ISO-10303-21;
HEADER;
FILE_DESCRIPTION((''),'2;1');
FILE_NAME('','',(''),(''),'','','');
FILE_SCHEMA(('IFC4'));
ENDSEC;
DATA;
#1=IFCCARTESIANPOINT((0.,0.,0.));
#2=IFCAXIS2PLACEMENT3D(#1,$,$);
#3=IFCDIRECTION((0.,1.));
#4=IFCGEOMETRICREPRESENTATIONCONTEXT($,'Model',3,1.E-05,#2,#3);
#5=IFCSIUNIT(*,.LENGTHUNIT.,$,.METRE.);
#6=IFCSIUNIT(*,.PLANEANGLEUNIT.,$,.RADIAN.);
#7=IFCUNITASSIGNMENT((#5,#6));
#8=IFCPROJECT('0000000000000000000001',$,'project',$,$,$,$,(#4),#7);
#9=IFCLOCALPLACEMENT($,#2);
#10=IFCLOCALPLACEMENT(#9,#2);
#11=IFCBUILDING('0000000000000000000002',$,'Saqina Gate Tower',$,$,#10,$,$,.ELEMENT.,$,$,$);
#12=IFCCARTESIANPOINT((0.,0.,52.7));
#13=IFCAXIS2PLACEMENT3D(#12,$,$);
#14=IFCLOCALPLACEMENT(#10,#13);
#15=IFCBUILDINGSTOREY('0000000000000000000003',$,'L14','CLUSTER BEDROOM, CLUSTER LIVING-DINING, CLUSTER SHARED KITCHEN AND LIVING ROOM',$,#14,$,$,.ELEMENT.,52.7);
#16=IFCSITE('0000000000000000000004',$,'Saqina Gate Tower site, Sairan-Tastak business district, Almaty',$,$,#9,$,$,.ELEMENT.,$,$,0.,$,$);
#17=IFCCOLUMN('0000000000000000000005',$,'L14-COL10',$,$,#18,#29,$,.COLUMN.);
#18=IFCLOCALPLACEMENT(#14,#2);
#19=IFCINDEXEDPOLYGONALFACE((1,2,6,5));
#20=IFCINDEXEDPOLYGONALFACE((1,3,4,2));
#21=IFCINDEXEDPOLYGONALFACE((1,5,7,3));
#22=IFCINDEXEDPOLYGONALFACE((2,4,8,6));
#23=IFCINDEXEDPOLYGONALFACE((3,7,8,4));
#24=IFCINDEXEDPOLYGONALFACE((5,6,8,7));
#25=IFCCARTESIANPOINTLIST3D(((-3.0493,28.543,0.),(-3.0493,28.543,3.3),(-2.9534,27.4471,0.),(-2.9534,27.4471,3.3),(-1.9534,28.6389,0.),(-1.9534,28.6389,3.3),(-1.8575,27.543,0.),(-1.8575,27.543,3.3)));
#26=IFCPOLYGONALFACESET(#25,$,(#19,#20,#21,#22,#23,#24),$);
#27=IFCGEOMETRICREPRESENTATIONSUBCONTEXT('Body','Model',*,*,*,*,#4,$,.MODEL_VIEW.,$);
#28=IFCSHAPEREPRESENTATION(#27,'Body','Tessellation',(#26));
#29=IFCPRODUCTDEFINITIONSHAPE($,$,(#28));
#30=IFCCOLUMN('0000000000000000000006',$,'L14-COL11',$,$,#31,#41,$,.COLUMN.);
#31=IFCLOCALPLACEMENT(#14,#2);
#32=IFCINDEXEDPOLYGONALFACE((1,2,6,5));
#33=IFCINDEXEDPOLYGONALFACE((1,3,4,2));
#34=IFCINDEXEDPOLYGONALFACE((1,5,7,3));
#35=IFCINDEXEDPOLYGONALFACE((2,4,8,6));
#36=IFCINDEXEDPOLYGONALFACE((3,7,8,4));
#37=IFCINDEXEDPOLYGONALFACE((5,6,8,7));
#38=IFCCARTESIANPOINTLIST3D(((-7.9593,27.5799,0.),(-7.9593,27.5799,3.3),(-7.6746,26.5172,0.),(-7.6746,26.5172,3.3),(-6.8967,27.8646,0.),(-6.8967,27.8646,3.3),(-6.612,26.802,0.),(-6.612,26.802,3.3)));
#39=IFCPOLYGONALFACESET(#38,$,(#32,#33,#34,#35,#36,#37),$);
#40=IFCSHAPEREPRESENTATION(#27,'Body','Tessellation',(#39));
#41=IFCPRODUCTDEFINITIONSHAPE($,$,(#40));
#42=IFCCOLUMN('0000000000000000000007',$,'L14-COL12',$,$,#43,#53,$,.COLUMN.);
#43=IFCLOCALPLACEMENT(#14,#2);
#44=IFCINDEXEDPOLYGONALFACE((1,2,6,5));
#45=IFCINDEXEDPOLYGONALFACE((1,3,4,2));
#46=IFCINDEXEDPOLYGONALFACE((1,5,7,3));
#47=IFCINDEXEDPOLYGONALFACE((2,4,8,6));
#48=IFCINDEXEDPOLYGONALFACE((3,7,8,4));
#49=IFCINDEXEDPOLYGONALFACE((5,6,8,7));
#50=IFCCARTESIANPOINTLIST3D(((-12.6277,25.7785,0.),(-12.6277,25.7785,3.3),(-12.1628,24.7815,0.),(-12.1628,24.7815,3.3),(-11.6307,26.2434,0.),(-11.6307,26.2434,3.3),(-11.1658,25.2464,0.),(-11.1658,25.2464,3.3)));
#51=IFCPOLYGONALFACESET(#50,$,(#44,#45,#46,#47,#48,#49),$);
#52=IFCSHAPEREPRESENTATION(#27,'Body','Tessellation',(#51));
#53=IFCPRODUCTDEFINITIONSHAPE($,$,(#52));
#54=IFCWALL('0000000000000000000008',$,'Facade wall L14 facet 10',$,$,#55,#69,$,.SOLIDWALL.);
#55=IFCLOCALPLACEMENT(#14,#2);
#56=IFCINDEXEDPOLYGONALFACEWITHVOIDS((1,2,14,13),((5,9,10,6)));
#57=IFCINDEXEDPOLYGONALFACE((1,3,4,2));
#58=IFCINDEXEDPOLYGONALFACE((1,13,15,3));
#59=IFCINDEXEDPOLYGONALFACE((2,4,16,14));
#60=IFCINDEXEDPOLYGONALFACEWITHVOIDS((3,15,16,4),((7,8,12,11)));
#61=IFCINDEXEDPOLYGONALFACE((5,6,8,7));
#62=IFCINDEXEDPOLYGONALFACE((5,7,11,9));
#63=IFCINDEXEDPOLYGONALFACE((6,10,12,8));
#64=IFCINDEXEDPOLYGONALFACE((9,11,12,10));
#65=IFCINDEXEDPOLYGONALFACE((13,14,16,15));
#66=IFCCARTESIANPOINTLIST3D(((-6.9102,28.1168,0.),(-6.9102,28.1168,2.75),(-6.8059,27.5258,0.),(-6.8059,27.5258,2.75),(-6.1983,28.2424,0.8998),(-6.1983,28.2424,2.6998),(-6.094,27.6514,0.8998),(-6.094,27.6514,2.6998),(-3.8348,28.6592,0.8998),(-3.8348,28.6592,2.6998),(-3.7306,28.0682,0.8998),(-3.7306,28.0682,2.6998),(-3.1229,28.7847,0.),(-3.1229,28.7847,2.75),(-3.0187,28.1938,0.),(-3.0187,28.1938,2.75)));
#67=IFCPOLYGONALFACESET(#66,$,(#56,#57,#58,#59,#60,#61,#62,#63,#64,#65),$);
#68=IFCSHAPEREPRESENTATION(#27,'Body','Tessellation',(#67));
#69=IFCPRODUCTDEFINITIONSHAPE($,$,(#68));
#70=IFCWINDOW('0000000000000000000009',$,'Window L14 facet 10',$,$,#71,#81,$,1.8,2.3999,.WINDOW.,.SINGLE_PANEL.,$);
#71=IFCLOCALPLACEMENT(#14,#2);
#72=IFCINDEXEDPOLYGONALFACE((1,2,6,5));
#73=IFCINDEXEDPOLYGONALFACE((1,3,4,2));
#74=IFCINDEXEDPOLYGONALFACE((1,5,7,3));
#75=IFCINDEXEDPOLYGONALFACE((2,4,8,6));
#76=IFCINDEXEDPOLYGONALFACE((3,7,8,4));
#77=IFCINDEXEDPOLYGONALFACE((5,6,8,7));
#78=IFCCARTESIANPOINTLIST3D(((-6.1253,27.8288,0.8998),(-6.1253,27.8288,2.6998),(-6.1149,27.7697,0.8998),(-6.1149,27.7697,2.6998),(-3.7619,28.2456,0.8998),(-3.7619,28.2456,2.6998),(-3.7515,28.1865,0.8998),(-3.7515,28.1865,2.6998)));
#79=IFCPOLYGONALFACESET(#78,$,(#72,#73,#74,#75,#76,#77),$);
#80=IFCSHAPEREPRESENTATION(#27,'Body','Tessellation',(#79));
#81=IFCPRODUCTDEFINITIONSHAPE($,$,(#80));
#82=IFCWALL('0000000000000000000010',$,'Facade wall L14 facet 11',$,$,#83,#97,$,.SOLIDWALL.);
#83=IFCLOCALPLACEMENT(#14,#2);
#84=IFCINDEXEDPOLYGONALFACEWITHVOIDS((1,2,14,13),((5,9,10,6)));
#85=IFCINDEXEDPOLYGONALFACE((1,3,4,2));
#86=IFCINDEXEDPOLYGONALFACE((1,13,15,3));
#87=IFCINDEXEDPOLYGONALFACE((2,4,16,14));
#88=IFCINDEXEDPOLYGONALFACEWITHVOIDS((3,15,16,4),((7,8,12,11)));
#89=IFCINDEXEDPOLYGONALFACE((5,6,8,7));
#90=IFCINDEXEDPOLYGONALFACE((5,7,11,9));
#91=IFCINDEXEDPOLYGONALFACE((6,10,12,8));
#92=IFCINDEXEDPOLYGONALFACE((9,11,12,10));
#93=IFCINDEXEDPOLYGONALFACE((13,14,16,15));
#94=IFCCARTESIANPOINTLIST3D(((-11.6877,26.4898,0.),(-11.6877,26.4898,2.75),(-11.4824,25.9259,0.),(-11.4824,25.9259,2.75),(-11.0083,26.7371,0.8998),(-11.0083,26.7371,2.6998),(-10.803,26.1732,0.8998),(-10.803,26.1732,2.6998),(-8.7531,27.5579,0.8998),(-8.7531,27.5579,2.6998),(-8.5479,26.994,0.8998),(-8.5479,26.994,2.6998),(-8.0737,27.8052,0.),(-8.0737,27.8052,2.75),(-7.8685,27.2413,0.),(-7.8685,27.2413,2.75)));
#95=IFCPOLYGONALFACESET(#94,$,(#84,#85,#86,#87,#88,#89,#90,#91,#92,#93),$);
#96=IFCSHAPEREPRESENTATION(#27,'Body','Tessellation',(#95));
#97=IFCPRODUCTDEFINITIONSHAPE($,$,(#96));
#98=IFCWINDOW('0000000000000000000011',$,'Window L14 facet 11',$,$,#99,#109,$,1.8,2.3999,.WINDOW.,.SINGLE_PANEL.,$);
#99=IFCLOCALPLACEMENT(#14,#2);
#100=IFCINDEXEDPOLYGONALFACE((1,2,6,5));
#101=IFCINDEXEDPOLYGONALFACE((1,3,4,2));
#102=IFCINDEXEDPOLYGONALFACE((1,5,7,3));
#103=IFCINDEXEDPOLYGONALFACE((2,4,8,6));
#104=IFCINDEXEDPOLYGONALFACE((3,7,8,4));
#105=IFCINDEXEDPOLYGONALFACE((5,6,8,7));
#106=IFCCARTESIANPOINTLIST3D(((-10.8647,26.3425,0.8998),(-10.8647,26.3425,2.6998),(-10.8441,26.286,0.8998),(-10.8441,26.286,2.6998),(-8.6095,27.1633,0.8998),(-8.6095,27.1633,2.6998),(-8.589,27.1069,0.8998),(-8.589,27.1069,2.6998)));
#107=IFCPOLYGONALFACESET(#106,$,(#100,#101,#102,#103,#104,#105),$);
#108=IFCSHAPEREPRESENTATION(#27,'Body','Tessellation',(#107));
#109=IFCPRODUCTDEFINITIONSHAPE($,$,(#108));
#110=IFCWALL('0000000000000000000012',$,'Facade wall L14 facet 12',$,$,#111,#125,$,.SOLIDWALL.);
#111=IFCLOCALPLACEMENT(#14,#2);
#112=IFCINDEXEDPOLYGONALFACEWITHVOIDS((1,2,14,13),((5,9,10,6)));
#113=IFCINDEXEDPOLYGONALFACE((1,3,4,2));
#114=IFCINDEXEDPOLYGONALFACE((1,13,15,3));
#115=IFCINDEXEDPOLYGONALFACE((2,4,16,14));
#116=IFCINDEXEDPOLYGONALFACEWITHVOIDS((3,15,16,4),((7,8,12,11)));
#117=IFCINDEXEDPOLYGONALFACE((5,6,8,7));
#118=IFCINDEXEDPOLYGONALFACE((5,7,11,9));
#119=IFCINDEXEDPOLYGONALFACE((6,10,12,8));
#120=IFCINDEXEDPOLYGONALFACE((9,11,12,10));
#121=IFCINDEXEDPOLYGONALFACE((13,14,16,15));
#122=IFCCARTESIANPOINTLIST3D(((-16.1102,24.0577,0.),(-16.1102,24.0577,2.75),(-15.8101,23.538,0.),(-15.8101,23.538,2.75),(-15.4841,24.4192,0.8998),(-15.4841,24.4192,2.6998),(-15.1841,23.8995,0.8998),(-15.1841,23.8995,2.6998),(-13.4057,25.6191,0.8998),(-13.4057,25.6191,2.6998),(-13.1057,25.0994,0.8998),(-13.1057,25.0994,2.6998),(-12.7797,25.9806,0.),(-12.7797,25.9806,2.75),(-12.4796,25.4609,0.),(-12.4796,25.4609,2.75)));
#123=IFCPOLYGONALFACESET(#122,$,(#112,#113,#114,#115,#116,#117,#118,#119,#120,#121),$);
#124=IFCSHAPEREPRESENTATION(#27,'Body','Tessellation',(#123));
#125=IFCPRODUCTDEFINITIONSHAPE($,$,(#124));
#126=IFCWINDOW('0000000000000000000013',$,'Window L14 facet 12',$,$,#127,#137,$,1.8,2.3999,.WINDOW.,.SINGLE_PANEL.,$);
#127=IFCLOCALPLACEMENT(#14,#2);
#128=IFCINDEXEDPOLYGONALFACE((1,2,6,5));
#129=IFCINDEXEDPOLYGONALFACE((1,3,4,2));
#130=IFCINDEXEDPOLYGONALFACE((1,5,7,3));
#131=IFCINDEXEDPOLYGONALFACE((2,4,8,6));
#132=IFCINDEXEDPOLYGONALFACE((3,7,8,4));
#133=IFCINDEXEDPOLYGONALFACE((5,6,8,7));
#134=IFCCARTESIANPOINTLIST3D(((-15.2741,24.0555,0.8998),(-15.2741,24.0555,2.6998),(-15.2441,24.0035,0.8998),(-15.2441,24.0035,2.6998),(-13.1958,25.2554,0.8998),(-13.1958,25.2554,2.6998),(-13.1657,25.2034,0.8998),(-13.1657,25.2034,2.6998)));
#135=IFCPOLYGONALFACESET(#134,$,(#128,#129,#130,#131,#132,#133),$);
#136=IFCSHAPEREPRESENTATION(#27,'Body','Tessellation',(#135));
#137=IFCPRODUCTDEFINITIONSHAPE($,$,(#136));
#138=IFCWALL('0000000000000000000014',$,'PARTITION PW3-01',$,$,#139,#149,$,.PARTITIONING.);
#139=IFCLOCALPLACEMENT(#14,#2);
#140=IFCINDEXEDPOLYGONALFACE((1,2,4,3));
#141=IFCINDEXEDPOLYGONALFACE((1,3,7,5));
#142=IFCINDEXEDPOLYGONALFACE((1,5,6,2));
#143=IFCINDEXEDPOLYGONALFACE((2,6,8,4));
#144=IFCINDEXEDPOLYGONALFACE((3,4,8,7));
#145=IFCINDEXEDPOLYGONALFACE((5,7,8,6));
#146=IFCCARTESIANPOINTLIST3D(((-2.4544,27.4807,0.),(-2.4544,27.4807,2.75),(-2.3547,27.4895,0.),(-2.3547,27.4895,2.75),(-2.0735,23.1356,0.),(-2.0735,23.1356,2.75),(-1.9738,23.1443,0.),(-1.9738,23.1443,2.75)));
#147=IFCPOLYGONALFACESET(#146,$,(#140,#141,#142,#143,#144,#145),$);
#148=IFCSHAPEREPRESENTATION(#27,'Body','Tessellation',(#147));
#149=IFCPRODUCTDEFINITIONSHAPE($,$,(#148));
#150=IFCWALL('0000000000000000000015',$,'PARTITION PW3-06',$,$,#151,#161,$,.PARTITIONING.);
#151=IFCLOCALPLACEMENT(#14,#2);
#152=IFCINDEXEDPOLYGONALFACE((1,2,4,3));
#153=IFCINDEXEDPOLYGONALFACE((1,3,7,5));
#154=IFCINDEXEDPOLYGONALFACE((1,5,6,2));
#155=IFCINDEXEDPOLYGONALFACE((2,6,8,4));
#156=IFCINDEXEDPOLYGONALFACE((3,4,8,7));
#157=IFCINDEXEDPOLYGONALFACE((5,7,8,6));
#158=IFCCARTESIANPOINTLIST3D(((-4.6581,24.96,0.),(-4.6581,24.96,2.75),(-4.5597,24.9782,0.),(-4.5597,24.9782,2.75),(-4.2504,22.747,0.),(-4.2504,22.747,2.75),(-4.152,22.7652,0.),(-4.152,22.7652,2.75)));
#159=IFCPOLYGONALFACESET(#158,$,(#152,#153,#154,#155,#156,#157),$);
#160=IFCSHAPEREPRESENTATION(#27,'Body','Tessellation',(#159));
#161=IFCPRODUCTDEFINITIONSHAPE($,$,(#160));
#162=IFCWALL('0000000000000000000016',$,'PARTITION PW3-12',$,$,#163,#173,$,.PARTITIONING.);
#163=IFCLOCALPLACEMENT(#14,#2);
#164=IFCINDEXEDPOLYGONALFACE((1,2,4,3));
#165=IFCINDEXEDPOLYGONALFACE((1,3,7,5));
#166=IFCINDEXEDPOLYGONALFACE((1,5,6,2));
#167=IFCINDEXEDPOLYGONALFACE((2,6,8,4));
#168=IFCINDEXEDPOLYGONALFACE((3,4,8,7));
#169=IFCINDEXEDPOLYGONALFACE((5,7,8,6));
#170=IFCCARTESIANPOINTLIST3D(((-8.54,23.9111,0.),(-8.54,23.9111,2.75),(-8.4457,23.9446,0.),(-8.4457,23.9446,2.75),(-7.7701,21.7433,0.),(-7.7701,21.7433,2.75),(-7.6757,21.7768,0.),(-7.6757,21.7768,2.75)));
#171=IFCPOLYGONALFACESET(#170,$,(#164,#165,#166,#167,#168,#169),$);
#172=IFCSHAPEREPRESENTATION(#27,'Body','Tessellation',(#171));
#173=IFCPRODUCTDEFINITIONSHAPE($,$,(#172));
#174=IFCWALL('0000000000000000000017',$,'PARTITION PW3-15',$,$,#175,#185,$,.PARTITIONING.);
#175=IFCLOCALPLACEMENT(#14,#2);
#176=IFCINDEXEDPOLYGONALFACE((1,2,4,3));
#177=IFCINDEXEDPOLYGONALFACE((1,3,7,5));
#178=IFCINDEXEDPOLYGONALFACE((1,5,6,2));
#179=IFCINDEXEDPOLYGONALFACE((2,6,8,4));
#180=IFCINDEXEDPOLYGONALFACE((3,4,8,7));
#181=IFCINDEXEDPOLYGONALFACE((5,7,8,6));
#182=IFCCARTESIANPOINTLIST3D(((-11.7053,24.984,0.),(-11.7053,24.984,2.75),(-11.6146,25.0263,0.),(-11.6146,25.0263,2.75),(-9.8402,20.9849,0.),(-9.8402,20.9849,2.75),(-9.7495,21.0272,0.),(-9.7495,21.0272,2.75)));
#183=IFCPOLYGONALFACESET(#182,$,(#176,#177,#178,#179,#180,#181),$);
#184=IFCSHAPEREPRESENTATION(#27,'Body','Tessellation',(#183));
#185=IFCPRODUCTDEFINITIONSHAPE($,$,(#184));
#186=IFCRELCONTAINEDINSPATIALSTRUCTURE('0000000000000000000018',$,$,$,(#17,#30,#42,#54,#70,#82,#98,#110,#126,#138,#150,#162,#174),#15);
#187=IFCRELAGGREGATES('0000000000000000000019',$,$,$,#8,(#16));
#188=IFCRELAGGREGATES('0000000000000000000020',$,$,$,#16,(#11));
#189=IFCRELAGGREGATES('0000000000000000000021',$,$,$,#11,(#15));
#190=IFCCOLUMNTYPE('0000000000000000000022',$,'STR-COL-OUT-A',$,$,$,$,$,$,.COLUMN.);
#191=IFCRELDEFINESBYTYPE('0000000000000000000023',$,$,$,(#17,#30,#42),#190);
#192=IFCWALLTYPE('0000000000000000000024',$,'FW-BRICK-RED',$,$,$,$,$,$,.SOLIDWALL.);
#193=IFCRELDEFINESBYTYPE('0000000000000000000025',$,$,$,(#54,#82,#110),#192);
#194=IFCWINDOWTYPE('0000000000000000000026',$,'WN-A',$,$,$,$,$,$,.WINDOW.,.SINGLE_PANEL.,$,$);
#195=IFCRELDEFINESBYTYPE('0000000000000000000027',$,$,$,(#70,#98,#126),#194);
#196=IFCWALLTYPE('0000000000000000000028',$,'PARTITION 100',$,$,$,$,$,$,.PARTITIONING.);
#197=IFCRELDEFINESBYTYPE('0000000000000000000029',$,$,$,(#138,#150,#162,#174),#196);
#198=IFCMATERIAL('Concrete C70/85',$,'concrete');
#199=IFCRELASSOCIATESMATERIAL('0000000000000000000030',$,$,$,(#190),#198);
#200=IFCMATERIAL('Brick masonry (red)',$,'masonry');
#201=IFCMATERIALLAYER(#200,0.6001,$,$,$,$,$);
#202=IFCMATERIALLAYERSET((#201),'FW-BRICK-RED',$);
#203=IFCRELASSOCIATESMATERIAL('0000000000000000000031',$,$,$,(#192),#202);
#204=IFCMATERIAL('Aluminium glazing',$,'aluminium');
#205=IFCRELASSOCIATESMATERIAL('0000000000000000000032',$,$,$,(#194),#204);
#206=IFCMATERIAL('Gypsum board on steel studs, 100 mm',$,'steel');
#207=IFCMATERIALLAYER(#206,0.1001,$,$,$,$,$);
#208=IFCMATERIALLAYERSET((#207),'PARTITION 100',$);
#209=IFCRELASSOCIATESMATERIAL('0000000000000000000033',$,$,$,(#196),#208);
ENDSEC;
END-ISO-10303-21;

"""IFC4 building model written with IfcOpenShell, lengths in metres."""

from ifc_helpers import new_model, si_unit, direction, frame, frame_2d, origin, origin_2d, place, context, subcontext, project, spatial, rectangle, extrude, material, layer, layer_set, material_profile, profile_set, type_object, element, fill, save


model = new_model("IFC4")

# Units and contexts
model_context = context("Model", 3, precision=1e-05, world=origin(), true_north=direction((0.0, 1.0)))
body_context = subcontext(model_context, "Body", "Model", "MODEL_VIEW")
ifc_project = project(units=[si_unit("LENGTHUNIT", "METRE"), si_unit("PLANEANGLEUNIT", "RADIAN")], contexts=[model_context])

# Site, building, storey
site_placement = place(None, origin())
site = spatial("IfcSite", under=ifc_project, at=site_placement, Name="Saqina Gate Tower site, Sairan-Tastak business district, Almaty", CompositionType="ELEMENT", RefElevation=0.0)
building_placement = place(site_placement, origin())
building = spatial("IfcBuilding", under=site, at=building_placement, Name="Saqina Gate Tower", CompositionType="ELEMENT")
storey_placement = place(building_placement, frame((0.0, 0.0, 52.7)))
storey = spatial("IfcBuildingStorey", under=building, at=storey_placement, Name="L14", Description="CLUSTER BEDROOM, CLUSTER LIVING-DINING, CLUSTER SHARED KITCHEN AND LIVING ROOM", CompositionType="ELEMENT", Elevation=52.7)

# Columns
ifc_material_1 = material(Name="Concrete C70/85", Category="concrete")
ifc_material_profile = material_profile(ifc_material_1, rectangle(XDim=1.1001, YDim=1.1001, at=origin_2d()), Name="RC 1100x1100")
ifc_profile_set = profile_set([ifc_material_profile], Name="Concrete C70/85")
column_type = type_object("IfcColumnType", Name="STR-COL-OUT-A", PredefinedType="COLUMN", material=ifc_profile_set)
for number, where, z_axis, x_axis, name in (
    (1, (-2.4534, 28.043, 0.0), (0.0, 0.0, 1.0), (-0.087156, 0.996195, 0.0), "L14-COL10"),
    (2, (-7.2856, 27.1909, 0.0), (0.0, 0.0, 1.0), (-0.258819, 0.965926, 0.0), "L14-COL11"),
    (3, (-11.8967, 25.5125, 0.0), (0.0, 0.0, 1.0), (-0.422618, 0.906308, 0.0), "L14-COL12"),
):
    element("IfcColumn", number, at=place(storey_placement, frame(where, z_axis=z_axis, x_axis=x_axis)), inside=storey, type_object=column_type, Name=name, PredefinedType="COLUMN", context=body_context, shape_type="SweptSolid", body=[
        extrude(rectangle(XDim=1.1001, YDim=1.1001, at=origin_2d()), origin(), (0.0, 0.0, 1.0), 3.3),
    ])

# Walls, openings, windows
ifc_material_2 = material(Name="Brick masonry (red)", Category="masonry")
ifc_layer_1 = layer(ifc_material_2, 0.6001)
ifc_layer_set_1 = layer_set([ifc_layer_1], Name="FW-BRICK-RED")
wall_type_1 = type_object("IfcWallType", Name="FW-BRICK-RED", PredefinedType="SOLIDWALL", material=ifc_layer_set_1)
wall_1_placement = place(storey_placement, frame((-3.0708, 28.4893, 0.0), z_axis=(0.0, 0.0, 1.0), x_axis=(-0.984801, -0.173688, 0.0)))
wall_1 = element("IfcWall", 4, at=wall_1_placement, inside=storey, type_object=wall_type_1, Name="Facade wall L14 facet 10", PredefinedType="SOLIDWALL", context=body_context, shape_type="SweptSolid", body=[
    extrude(rectangle(XDim=3.8457, YDim=0.6001, at=frame_2d((1.9229, 0.0))), origin(), (0.0, 0.0, 1.0), 2.75),
])
opening_1_placement = place(wall_1_placement, frame((0.7229, 0.0, 0.8999)))
opening_1 = element("IfcOpeningElement", 5, at=opening_1_placement, cuts=wall_1, PredefinedType="OPENING", context=body_context, shape_type="SweptSolid", body=[
    extrude(rectangle(XDim=2.3999, YDim=1.8, at=frame_2d((1.2, 0.8999))), frame((0.0, 0.312, 0.0), z_axis=(0.0, -1.0, 0.0), x_axis=(1.0, 0.0, 0.0)), (0.0, 0.0, 1.0), 0.624),
])
ifc_material_3 = material(Name="Aluminium glazing", Category="aluminium")
window_type = type_object("IfcWindowType", Name="WN-A", PartitioningType="SINGLE_PANEL", PredefinedType="WINDOW", material=ifc_material_3)
window_1_placement = place(opening_1_placement, origin())
window_1 = element("IfcWindow", 6, at=window_1_placement, inside=storey, type_object=window_type, Name="Window L14 facet 10", OverallHeight=1.8, OverallWidth=2.3999, PartitioningType="SINGLE_PANEL", PredefinedType="WINDOW", context=body_context, shape_type="SweptSolid", body=[
    extrude(rectangle(XDim=2.3999, YDim=1.8, at=frame_2d((1.2, 0.8999))), frame((0.0, 0.1799, 0.0), z_axis=(0.0, -1.0, 0.0), x_axis=(1.0, 0.0, 0.0)), (0.0, 0.0, 1.0), 0.0601),
])
fill(opening_1, window_1)
wall_2_placement = place(storey_placement, frame((-7.9712, 27.5232, 0.0), z_axis=(0.0, 0.0, 1.0), x_axis=(-0.93969, -0.342028, 0.0)))
wall_2 = element("IfcWall", 7, at=wall_2_placement, inside=storey, type_object=wall_type_1, Name="Facade wall L14 facet 11", PredefinedType="SOLIDWALL", context=body_context, shape_type="SweptSolid", body=[
    extrude(rectangle(XDim=3.8459, YDim=0.6001, at=frame_2d((1.9229, 0.0))), origin(), (0.0, 0.0, 1.0), 2.75),
])
opening_2_placement = place(wall_2_placement, frame((0.7229, 0.0, 0.8999)))
opening_2 = element("IfcOpeningElement", 8, at=opening_2_placement, cuts=wall_2, PredefinedType="OPENING", context=body_context, shape_type="SweptSolid", body=[
    extrude(rectangle(XDim=2.3999, YDim=1.8, at=frame_2d((1.2, 0.8999))), frame((0.0, 0.312, 0.0), z_axis=(0.0, -1.0, 0.0), x_axis=(1.0, 0.0, 0.0)), (0.0, 0.0, 1.0), 0.624),
])
window_2_placement = place(opening_2_placement, origin())
window_2 = element("IfcWindow", 9, at=window_2_placement, inside=storey, type_object=window_type, Name="Window L14 facet 11", OverallHeight=1.8, OverallWidth=2.3999, PartitioningType="SINGLE_PANEL", PredefinedType="WINDOW", context=body_context, shape_type="SweptSolid", body=[
    extrude(rectangle(XDim=2.3999, YDim=1.8, at=frame_2d((1.2, 0.8999))), frame((0.0, 0.1799, 0.0), z_axis=(0.0, -1.0, 0.0), x_axis=(1.0, 0.0, 0.0)), (0.0, 0.0, 1.0), 0.0601),
])
fill(opening_2, window_2)
wall_3_placement = place(storey_placement, frame((-12.6296, 25.7207, 0.0), z_axis=(0.0, 0.0, 1.0), x_axis=(-0.866031, -0.49999, 0.0)))
wall_3 = element("IfcWall", 10, at=wall_3_placement, inside=storey, type_object=wall_type_1, Name="Facade wall L14 facet 12", PredefinedType="SOLIDWALL", context=body_context, shape_type="SweptSolid", body=[
    extrude(rectangle(XDim=3.8457, YDim=0.6001, at=frame_2d((1.9229, 0.0))), origin(), (0.0, 0.0, 1.0), 2.75),
])
opening_3_placement = place(wall_3_placement, frame((0.7229, 0.0, 0.8999)))
opening_3 = element("IfcOpeningElement", 11, at=opening_3_placement, cuts=wall_3, PredefinedType="OPENING", context=body_context, shape_type="SweptSolid", body=[
    extrude(rectangle(XDim=2.3999, YDim=1.8, at=frame_2d((1.2, 0.8999))), frame((0.0, 0.312, 0.0), z_axis=(0.0, -1.0, 0.0), x_axis=(1.0, 0.0, 0.0)), (0.0, 0.0, 1.0), 0.624),
])
window_3_placement = place(opening_3_placement, origin())
window_3 = element("IfcWindow", 12, at=window_3_placement, inside=storey, type_object=window_type, Name="Window L14 facet 12", OverallHeight=1.8, OverallWidth=2.3999, PartitioningType="SINGLE_PANEL", PredefinedType="WINDOW", context=body_context, shape_type="SweptSolid", body=[
    extrude(rectangle(XDim=2.3999, YDim=1.8, at=frame_2d((1.2, 0.8999))), frame((0.0, 0.1799, 0.0), z_axis=(0.0, -1.0, 0.0), x_axis=(1.0, 0.0, 0.0)), (0.0, 0.0, 1.0), 0.0601),
])
fill(opening_3, window_3)

# Walls
ifc_material_4 = material(Name="Gypsum board on steel studs, 100 mm", Category="steel")
ifc_layer_2 = layer(ifc_material_4, 0.1001)
ifc_layer_set_2 = layer_set([ifc_layer_2], Name="PARTITION 100")
wall_type_2 = type_object("IfcWallType", Name="PARTITION 100", PredefinedType="PARTITIONING", material=ifc_layer_set_2)
wall_4_placement = place(storey_placement, frame((-2.4045, 27.4851, 0.0), z_axis=(0.0, 0.0, 1.0), x_axis=(0.087316, -0.996181, 0.0)))
element("IfcWall", 13, at=wall_4_placement, inside=storey, type_object=wall_type_2, Name="PARTITION PW3-01", PredefinedType="PARTITIONING", context=body_context, shape_type="SweptSolid", body=[
    extrude(rectangle(XDim=4.3618, YDim=0.1001, at=frame_2d((2.1809, 0.0))), origin(), (0.0, 0.0, 1.0), 2.75),
])
wall_5_placement = place(storey_placement, frame((-4.6089, 24.969, 0.0), z_axis=(0.0, 0.0, 1.0), x_axis=(0.181196, -0.983447, 0.0)))
element("IfcWall", 14, at=wall_5_placement, inside=storey, type_object=wall_type_2, Name="PARTITION PW3-06", PredefinedType="PARTITIONING", context=body_context, shape_type="SweptSolid", body=[
    extrude(rectangle(XDim=2.2502, YDim=0.1001, at=frame_2d((1.125, 0.0))), origin(), (0.0, 0.0, 1.0), 2.75),
])
wall_6_placement = place(storey_placement, frame((-8.4929, 23.928, 0.0), z_axis=(0.0, 0.0, 1.0), x_axis=(0.334696, -0.942326, 0.0)))
element("IfcWall", 15, at=wall_6_placement, inside=storey, type_object=wall_type_2, Name="PARTITION PW3-12", PredefinedType="PARTITIONING", context=body_context, shape_type="SweptSolid", body=[
    extrude(rectangle(XDim=2.3005, YDim=0.1001, at=frame_2d((1.1504, 0.0))), origin(), (0.0, 0.0, 1.0), 2.75),
])
wall_7_placement = place(storey_placement, frame((-11.6599, 25.0051, 0.0), z_axis=(0.0, 0.0, 1.0), x_axis=(0.422658, -0.906289, 0.0)))
element("IfcWall", 16, at=wall_7_placement, inside=storey, type_object=wall_type_2, Name="PARTITION PW3-15", PredefinedType="PARTITIONING", context=body_context, shape_type="SweptSolid", body=[
    extrude(rectangle(XDim=4.4126, YDim=0.1001, at=frame_2d((2.2063, 0.0))), origin(), (0.0, 0.0, 1.0), 2.75),
])

save(model, "model.ifc")
